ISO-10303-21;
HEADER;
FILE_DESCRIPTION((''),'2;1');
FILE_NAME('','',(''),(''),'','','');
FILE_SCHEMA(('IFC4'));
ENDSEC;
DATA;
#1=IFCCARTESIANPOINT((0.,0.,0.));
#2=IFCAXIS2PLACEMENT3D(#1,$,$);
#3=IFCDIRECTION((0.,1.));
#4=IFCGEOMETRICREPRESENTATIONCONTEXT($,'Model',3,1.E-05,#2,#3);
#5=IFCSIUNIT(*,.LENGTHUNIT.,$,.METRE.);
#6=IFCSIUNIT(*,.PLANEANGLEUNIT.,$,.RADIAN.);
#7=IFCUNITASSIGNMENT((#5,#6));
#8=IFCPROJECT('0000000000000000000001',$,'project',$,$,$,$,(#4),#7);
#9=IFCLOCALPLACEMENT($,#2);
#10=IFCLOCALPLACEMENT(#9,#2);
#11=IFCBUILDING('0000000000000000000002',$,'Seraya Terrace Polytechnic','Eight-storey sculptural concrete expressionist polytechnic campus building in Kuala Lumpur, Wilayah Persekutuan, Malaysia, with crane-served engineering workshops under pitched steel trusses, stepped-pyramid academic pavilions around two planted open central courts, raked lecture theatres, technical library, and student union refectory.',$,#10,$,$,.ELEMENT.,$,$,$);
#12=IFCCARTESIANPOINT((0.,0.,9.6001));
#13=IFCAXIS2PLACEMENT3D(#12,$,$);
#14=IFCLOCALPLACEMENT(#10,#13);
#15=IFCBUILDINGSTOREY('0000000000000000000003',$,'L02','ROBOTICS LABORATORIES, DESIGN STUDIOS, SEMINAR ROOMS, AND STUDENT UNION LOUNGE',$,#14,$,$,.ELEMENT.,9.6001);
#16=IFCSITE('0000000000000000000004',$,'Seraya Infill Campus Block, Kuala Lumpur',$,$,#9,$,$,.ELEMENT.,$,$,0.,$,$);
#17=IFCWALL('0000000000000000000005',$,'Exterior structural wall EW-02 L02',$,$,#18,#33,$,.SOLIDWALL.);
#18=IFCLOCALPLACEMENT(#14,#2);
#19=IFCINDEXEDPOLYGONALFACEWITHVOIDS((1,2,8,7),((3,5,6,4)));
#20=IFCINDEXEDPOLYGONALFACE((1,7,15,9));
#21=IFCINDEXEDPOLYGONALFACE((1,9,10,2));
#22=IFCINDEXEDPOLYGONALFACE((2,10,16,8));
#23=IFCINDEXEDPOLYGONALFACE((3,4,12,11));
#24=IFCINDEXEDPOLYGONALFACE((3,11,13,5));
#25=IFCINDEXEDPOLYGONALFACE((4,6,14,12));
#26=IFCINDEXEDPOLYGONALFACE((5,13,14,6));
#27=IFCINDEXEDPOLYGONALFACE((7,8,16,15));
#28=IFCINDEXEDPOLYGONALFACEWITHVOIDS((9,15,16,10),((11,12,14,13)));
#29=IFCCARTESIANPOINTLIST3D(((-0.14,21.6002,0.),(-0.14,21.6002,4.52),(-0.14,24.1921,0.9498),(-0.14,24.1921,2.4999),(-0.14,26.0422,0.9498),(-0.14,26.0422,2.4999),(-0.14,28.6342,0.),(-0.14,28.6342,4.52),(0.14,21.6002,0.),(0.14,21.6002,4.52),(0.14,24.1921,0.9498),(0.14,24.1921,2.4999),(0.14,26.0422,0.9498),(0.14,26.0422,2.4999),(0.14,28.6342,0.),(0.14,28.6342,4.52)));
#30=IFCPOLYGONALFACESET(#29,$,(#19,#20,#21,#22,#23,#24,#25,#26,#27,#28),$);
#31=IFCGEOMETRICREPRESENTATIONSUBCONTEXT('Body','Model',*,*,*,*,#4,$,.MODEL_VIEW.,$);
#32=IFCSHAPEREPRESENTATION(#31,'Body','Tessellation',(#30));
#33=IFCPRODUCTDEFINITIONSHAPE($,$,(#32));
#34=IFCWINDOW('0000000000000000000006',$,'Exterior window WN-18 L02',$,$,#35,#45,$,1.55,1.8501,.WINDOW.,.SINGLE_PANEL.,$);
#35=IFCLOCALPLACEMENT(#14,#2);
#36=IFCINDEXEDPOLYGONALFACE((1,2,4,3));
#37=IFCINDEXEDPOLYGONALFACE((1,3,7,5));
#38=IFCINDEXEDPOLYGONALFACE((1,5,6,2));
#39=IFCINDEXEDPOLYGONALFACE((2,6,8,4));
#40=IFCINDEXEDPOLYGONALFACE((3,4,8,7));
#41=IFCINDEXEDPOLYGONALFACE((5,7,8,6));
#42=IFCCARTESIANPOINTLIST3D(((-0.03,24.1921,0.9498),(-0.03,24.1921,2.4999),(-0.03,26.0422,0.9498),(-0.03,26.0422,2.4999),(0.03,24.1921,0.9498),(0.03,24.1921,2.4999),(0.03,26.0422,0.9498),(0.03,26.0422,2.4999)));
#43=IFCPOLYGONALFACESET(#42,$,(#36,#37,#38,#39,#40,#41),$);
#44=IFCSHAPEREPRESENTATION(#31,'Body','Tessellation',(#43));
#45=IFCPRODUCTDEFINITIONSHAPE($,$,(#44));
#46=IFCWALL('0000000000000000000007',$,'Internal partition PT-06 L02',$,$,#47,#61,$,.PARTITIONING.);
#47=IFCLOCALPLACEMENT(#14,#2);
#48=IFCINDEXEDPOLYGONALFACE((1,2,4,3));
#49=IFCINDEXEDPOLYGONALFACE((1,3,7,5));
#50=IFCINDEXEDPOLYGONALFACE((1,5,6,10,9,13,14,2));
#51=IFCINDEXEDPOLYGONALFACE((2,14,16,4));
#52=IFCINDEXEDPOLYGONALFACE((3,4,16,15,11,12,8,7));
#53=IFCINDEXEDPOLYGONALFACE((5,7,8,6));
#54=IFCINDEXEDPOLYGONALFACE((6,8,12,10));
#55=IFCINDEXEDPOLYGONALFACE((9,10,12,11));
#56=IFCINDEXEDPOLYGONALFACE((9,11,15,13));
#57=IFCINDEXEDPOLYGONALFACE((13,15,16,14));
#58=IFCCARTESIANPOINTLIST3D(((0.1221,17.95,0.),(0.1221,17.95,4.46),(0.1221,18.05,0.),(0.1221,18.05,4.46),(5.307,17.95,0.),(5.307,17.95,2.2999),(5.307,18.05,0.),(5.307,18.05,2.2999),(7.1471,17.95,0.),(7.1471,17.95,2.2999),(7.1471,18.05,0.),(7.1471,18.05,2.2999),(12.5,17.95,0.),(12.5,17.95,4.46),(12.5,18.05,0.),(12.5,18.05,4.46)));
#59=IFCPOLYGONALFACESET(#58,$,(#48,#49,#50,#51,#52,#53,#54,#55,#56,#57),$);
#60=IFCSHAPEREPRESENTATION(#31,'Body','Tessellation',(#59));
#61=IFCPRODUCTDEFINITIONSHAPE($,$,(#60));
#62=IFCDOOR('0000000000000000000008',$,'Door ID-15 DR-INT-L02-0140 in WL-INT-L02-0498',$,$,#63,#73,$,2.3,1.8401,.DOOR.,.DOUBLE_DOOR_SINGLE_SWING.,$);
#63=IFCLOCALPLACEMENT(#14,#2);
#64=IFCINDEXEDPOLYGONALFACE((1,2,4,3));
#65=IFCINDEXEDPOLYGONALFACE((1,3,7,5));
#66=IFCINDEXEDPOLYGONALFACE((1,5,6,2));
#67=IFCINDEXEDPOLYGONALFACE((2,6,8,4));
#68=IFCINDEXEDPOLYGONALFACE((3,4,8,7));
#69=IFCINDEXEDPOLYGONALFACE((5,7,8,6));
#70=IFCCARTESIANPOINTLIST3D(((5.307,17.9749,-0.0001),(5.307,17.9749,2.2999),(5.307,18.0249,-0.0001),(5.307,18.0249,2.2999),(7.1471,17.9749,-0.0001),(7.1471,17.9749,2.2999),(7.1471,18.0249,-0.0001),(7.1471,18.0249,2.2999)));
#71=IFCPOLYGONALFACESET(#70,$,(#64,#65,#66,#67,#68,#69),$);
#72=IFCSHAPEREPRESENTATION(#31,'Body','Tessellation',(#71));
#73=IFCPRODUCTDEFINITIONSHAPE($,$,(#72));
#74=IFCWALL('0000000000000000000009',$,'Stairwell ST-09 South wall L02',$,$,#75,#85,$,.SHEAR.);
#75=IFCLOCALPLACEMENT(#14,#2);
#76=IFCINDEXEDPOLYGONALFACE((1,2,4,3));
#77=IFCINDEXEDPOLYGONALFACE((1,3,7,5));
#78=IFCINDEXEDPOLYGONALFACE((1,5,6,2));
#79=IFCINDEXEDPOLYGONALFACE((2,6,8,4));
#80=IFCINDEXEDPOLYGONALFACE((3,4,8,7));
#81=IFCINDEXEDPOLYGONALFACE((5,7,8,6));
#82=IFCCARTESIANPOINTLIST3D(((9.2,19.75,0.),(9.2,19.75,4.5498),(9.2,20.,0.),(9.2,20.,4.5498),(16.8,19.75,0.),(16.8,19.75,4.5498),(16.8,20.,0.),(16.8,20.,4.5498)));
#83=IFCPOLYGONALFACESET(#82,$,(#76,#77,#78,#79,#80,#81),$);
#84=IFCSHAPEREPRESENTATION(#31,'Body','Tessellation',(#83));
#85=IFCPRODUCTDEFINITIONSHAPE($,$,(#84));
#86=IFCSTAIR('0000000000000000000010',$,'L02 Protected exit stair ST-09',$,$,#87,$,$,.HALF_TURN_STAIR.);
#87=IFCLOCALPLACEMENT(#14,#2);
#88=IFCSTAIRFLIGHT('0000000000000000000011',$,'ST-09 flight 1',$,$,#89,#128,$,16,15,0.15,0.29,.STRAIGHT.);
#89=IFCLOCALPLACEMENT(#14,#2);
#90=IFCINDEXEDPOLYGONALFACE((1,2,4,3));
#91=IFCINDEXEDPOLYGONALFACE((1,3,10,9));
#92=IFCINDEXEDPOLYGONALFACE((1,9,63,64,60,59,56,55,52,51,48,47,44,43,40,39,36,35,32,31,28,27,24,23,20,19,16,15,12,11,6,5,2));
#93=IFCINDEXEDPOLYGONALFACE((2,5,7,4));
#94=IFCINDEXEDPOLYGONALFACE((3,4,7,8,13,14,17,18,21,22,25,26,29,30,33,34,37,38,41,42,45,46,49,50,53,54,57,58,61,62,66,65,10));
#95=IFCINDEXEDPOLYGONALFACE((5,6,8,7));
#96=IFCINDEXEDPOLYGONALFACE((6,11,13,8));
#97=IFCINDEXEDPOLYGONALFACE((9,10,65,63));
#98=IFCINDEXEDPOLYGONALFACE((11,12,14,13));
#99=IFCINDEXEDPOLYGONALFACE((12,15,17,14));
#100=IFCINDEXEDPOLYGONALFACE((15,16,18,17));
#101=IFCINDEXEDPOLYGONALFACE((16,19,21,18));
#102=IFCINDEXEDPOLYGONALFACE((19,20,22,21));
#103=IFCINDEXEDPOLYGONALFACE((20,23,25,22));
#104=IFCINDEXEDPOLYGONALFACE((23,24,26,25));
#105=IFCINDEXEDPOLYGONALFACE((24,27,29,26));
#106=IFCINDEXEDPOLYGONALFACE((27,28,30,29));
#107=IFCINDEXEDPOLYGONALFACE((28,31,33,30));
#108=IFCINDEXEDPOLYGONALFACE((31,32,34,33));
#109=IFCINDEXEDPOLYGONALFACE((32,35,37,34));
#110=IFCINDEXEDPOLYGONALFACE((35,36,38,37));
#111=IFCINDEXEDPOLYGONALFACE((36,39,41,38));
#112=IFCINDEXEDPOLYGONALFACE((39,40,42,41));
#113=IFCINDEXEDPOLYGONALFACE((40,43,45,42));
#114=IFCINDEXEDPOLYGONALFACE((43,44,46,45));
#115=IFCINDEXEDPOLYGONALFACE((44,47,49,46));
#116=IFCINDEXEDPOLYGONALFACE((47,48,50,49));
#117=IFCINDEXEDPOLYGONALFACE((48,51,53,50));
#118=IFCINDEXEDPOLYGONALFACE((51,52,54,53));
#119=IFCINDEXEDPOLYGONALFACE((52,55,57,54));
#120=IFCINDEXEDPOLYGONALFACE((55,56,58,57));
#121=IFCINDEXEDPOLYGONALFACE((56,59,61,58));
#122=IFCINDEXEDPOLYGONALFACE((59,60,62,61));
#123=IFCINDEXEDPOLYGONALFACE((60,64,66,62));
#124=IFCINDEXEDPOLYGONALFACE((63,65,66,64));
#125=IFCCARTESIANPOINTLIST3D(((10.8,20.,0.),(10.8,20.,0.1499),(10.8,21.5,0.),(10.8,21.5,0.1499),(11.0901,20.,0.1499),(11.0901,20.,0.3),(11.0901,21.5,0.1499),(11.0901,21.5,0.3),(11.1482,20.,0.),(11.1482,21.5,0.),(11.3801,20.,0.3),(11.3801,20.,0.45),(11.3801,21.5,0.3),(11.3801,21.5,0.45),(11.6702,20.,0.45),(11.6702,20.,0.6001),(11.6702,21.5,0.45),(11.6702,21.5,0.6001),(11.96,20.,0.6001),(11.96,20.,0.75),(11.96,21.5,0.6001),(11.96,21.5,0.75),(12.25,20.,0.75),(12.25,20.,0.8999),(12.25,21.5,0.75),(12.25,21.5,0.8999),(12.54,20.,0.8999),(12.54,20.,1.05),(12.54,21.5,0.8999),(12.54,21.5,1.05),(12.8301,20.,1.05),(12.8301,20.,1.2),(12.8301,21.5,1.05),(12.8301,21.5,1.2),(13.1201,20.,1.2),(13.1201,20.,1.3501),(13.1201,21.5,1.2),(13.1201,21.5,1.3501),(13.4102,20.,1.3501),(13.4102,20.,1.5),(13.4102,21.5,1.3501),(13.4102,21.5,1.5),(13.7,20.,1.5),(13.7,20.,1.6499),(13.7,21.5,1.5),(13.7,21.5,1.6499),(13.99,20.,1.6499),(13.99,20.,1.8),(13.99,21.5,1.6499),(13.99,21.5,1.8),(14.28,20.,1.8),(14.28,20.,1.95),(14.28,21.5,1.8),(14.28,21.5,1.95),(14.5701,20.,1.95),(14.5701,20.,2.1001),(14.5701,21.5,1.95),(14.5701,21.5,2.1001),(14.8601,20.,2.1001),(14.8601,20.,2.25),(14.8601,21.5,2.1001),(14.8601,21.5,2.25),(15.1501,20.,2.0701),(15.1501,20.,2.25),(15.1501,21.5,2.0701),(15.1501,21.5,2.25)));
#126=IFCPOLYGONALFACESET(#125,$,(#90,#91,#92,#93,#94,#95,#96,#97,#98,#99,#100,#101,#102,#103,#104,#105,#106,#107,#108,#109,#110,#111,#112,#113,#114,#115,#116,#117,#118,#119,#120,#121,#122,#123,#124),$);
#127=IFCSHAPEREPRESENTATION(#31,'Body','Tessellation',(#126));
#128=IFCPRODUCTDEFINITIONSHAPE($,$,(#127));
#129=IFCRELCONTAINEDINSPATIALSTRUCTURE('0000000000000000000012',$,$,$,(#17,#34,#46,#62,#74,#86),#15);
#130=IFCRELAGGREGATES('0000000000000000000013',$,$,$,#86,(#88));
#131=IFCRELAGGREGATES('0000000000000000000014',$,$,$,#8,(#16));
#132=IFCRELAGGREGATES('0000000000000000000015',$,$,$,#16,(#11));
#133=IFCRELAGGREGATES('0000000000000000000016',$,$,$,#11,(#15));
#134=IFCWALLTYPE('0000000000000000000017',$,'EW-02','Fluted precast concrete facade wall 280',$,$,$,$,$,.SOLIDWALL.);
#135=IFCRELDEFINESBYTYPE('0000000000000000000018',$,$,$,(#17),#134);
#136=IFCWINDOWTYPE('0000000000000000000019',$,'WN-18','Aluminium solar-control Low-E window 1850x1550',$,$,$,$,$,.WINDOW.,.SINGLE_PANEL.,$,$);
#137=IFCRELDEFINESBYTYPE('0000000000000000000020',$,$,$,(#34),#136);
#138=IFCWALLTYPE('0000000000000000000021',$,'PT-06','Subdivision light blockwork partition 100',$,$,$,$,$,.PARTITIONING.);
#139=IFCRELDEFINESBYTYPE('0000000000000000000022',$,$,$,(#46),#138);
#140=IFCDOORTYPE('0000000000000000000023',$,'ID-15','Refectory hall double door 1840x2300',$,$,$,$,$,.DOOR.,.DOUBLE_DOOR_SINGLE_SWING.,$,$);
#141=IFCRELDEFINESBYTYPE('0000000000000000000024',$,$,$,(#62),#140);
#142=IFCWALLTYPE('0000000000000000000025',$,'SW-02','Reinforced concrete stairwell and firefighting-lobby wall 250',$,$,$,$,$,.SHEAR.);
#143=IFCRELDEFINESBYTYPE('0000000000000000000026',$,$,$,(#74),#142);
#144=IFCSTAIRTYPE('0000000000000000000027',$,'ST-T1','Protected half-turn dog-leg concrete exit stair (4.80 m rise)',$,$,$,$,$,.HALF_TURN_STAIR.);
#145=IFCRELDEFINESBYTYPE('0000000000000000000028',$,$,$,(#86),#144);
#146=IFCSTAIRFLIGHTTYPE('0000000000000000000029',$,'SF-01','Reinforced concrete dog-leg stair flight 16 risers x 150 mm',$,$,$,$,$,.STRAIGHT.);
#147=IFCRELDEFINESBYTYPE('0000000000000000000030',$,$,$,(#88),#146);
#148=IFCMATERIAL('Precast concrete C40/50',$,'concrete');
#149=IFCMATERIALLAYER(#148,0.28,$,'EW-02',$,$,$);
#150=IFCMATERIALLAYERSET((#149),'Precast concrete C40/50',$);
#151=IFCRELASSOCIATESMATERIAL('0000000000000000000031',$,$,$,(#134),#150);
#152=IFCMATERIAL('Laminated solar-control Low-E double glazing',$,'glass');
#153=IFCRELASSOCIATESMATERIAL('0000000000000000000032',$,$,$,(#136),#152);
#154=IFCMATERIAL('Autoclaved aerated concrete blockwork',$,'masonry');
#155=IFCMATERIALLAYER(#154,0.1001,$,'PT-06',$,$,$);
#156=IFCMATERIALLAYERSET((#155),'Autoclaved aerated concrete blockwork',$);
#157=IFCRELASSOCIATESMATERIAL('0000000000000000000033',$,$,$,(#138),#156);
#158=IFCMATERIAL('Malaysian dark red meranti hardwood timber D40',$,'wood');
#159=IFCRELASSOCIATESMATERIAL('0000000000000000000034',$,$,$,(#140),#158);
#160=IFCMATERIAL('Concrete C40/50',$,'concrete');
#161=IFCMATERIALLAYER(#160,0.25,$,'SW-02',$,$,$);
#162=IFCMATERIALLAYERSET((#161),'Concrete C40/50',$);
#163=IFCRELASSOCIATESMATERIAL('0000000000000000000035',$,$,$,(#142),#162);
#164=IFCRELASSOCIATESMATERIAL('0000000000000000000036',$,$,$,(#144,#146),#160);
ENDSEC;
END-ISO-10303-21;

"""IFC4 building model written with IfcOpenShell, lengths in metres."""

from ifc_helpers import new_model, si_unit, direction, frame, frame_2d, origin, place, context, subcontext, project, spatial, polyline, rectangle, outline, extrude, material, layer, layer_set, type_object, element, fill, aggregate, save


model = new_model("IFC4")

# Units and contexts
model_context = context("Model", 3, precision=1e-05, world=origin(), true_north=direction((0.0, 1.0)))
body_context = subcontext(model_context, "Body", "Model", "MODEL_VIEW")
ifc_project = project(units=[si_unit("LENGTHUNIT", "METRE"), si_unit("PLANEANGLEUNIT", "RADIAN")], contexts=[model_context])

# Site, building, storey
site_placement = place(None, origin())
site = spatial("IfcSite", under=ifc_project, at=site_placement, Name="Seraya Infill Campus Block, Kuala Lumpur", CompositionType="ELEMENT", RefElevation=0.0)
building_placement = place(site_placement, origin())
building = spatial("IfcBuilding", under=site, at=building_placement, Name="Seraya Terrace Polytechnic", Description="Eight-storey sculptural concrete expressionist polytechnic campus building in Kuala Lumpur, Wilayah Persekutuan, Malaysia, with crane-served engineering workshops under pitched steel trusses, stepped-pyramid academic pavilions around two planted open central courts, raked lecture theatres, technical library, and student union refectory.", CompositionType="ELEMENT")
storey_placement = place(building_placement, frame((0.0, 0.0, 9.6001)))
storey = spatial("IfcBuildingStorey", under=building, at=storey_placement, Name="L02", Description="ROBOTICS LABORATORIES, DESIGN STUDIOS, SEMINAR ROOMS, AND STUDENT UNION LOUNGE", CompositionType="ELEMENT", Elevation=9.6001)

# Shared definitions
ifc_material_1 = material(Name="Concrete C40/50", Category="concrete")

# Shared definitions
ifc_material_2 = material(Name="Laminated solar-control Low-E double glazing", Category="glass")

# Wall, opening, window
ifc_material_3 = material(Name="Precast concrete C40/50", Category="concrete")
ifc_layer_1 = layer(ifc_material_3, 0.28, Name="EW-02")
ifc_layer_set_1 = layer_set([ifc_layer_1], Name="Precast concrete C40/50")
wall_type_1 = type_object("IfcWallType", Name="EW-02", Description="Fluted precast concrete facade wall 280", PredefinedType="SOLIDWALL", material=ifc_layer_set_1)
wall_1_placement = place(storey_placement, frame((0.0, 21.6001, 0.0), z_axis=(0.0, 0.0, 1.0), x_axis=(0.0, 1.0, 0.0)))
wall_1 = element("IfcWall", 1, at=wall_1_placement, inside=storey, type_object=wall_type_1, Name="Exterior structural wall EW-02 L02", PredefinedType="SOLIDWALL", context=body_context, shape_type="SweptSolid", body=[
    extrude(rectangle(XDim=7.0339, YDim=0.28, at=frame_2d((3.5171, 0.0))), origin(), (0.0, 0.0, 1.0), 4.52),
])
opening_1_placement = place(wall_1_placement, frame((2.592, 0.0, 0.95)))
opening_1 = element("IfcOpeningElement", 2, at=opening_1_placement, cuts=wall_1, PredefinedType="OPENING", context=body_context, shape_type="SweptSolid", body=[
    extrude(rectangle(XDim=1.8501, YDim=1.55, at=frame_2d((0.925, 0.7749))), frame((0.0, 0.1519, 0.0), z_axis=(0.0, -1.0, 0.0), x_axis=(1.0, 0.0, 0.0)), (0.0, 0.0, 1.0), 0.304),
])
window_type = type_object("IfcWindowType", Name="WN-18", Description="Aluminium solar-control Low-E window 1850x1550", PartitioningType="SINGLE_PANEL", PredefinedType="WINDOW", material=ifc_material_2)
window_placement = place(opening_1_placement, origin())
window = element("IfcWindow", 3, at=window_placement, inside=storey, type_object=window_type, Name="Exterior window WN-18 L02", OverallHeight=1.55, OverallWidth=1.8501, PartitioningType="SINGLE_PANEL", PredefinedType="WINDOW", context=body_context, shape_type="SweptSolid", body=[
    extrude(rectangle(XDim=1.8501, YDim=1.55, at=frame_2d((0.925, 0.7749))), frame((0.0, 0.03, 0.0), z_axis=(0.0, -1.0, 0.0), x_axis=(1.0, 0.0, 0.0)), (0.0, 0.0, 1.0), 0.0601),
])
fill(opening_1, window)

# Wall, opening, door
ifc_material_4 = material(Name="Autoclaved aerated concrete blockwork", Category="masonry")
ifc_layer_2 = layer(ifc_material_4, 0.1001, Name="PT-06")
ifc_layer_set_2 = layer_set([ifc_layer_2], Name="Autoclaved aerated concrete blockwork")
wall_type_2 = type_object("IfcWallType", Name="PT-06", Description="Subdivision light blockwork partition 100", PredefinedType="PARTITIONING", material=ifc_layer_set_2)
wall_2_placement = place(storey_placement, frame((0.1221, 18.0, 0.0), z_axis=(0.0, 0.0, 1.0), x_axis=(1.0, 0.0, 0.0)))
wall_2 = element("IfcWall", 4, at=wall_2_placement, inside=storey, type_object=wall_type_2, Name="Internal partition PT-06 L02", PredefinedType="PARTITIONING", context=body_context, shape_type="SweptSolid", body=[
    extrude(rectangle(XDim=12.3779, YDim=0.1001, at=frame_2d((6.189, 0.0))), origin(), (0.0, 0.0, 1.0), 4.46),
])
opening_2_placement = place(wall_2_placement, frame((5.1851, 0.0, 0.0)))
opening_2 = element("IfcOpeningElement", 5, at=opening_2_placement, cuts=wall_2, PredefinedType="OPENING", context=body_context, shape_type="SweptSolid", body=[
    extrude(rectangle(XDim=1.8401, YDim=2.3, at=frame_2d((0.9199, 1.1499))), frame((0.0, 0.062, 0.0), z_axis=(0.0, -1.0, 0.0), x_axis=(1.0, 0.0, 0.0)), (0.0, 0.0, 1.0), 0.124),
])
ifc_material_5 = material(Name="Malaysian dark red meranti hardwood timber D40", Category="wood")
door_type_1 = type_object("IfcDoorType", Name="ID-15", Description="Refectory hall double door 1840x2300", OperationType="DOUBLE_DOOR_SINGLE_SWING", PredefinedType="DOOR", material=ifc_material_5)
door_1_placement = place(opening_2_placement, origin())
door_1 = element("IfcDoor", 6, at=door_1_placement, inside=storey, type_object=door_type_1, Name="Door ID-15 DR-INT-L02-0140 in WL-INT-L02-0498", OperationType="DOUBLE_DOOR_SINGLE_SWING", OverallHeight=2.3, OverallWidth=1.8401, PredefinedType="DOOR", context=body_context, shape_type="SweptSolid", body=[
    extrude(rectangle(XDim=1.8401, YDim=2.3, at=frame_2d((0.9199, 1.1499))), frame((0.0, 0.0249, 0.0), z_axis=(0.0, -1.0, 0.0), x_axis=(1.0, 0.0, 0.0)), (0.0, 0.0, 1.0), 0.05),
])
fill(opening_2, door_1)
ifc_layer_3 = layer(ifc_material_1, 0.25, Name="SW-02")
ifc_layer_set_3 = layer_set([ifc_layer_3], Name="Concrete C40/50")
wall_type_3 = type_object("IfcWallType", Name="SW-02", Description="Reinforced concrete stairwell and firefighting-lobby wall 250", PredefinedType="SHEAR", material=ifc_layer_set_3)

# Wall
wall_3_placement = place(storey_placement, frame((9.2, 19.875, 0.0), z_axis=(0.0, 0.0, 1.0), x_axis=(1.0, 0.0, 0.0)))
element("IfcWall", 7, at=wall_3_placement, inside=storey, type_object=wall_type_3, Name="Stairwell ST-09 South wall L02", PredefinedType="SHEAR", context=body_context, shape_type="SweptSolid", body=[
    extrude(rectangle(XDim=7.6001, YDim=0.25, at=frame_2d((3.8, 0.0))), origin(), (0.0, 0.0, 1.0), 4.5498),
])

# Stair, stair flight
stair_type = type_object("IfcStairType", Name="ST-T1", Description="Protected half-turn dog-leg concrete exit stair (4.80 m rise)", PredefinedType="HALF_TURN_STAIR", material=ifc_material_1)
stair_placement = place(storey_placement, origin())
stair = element("IfcStair", 8, at=stair_placement, inside=storey, type_object=stair_type, Name="L02 Protected exit stair ST-09", PredefinedType="HALF_TURN_STAIR")
stair_flight_type = type_object("IfcStairFlightType", Name="SF-01", Description="Reinforced concrete dog-leg stair flight 16 risers x 150 mm", PredefinedType="STRAIGHT", material=ifc_material_1)
stair_flight_placement = place(storey_placement, frame((10.8, 20.75, 0.0), z_axis=(0.0, 0.0, 1.0), x_axis=(1.0, 0.0, 0.0)))
stair_flight = element("IfcStairFlight", 9, at=stair_flight_placement, type_object=stair_flight_type, Name="ST-09 flight 1", NumberOfRisers=16, NumberOfTreads=15, PredefinedType="STRAIGHT", RiserHeight=0.15, TreadLength=0.29, context=body_context, shape_type="SweptSolid", body=[
    extrude(outline(polyline([(0.0, 0.0), (0.0, 0.1499), (0.29, 0.1499), (0.29, 0.3), (0.5801, 0.3), (0.5801, 0.45), (0.8701, 0.45), (0.8701, 0.6001), (1.1599, 0.6001), (1.1599, 0.75), (1.45, 0.75), (1.45, 0.8999), (1.74, 0.8999), (1.74, 1.05), (2.03, 1.05), (2.03, 1.2), (2.3201, 1.2), (2.3201, 1.3501), (2.6101, 1.3501), (2.6101, 1.5), (2.8999, 1.5), (2.8999, 1.6499), (3.1899, 1.6499), (3.1899, 1.8), (3.48, 1.8), (3.48, 1.95), (3.77, 1.95), (3.77, 2.1001), (4.0601, 2.1001), (4.0601, 2.25), (4.3501, 2.25), (4.3501, 2.3999), (4.3501, 2.0701), (0.3481, 0.0), (0.0, 0.0)])), frame((0.0, 0.75, 0.0), z_axis=(0.0, -1.0, 0.0), x_axis=(1.0, 0.0, 0.0)), (0.0, 0.0, 1.0), 1.5),
])
aggregate(stair, [stair_flight])

save(model, "model.ifc")
